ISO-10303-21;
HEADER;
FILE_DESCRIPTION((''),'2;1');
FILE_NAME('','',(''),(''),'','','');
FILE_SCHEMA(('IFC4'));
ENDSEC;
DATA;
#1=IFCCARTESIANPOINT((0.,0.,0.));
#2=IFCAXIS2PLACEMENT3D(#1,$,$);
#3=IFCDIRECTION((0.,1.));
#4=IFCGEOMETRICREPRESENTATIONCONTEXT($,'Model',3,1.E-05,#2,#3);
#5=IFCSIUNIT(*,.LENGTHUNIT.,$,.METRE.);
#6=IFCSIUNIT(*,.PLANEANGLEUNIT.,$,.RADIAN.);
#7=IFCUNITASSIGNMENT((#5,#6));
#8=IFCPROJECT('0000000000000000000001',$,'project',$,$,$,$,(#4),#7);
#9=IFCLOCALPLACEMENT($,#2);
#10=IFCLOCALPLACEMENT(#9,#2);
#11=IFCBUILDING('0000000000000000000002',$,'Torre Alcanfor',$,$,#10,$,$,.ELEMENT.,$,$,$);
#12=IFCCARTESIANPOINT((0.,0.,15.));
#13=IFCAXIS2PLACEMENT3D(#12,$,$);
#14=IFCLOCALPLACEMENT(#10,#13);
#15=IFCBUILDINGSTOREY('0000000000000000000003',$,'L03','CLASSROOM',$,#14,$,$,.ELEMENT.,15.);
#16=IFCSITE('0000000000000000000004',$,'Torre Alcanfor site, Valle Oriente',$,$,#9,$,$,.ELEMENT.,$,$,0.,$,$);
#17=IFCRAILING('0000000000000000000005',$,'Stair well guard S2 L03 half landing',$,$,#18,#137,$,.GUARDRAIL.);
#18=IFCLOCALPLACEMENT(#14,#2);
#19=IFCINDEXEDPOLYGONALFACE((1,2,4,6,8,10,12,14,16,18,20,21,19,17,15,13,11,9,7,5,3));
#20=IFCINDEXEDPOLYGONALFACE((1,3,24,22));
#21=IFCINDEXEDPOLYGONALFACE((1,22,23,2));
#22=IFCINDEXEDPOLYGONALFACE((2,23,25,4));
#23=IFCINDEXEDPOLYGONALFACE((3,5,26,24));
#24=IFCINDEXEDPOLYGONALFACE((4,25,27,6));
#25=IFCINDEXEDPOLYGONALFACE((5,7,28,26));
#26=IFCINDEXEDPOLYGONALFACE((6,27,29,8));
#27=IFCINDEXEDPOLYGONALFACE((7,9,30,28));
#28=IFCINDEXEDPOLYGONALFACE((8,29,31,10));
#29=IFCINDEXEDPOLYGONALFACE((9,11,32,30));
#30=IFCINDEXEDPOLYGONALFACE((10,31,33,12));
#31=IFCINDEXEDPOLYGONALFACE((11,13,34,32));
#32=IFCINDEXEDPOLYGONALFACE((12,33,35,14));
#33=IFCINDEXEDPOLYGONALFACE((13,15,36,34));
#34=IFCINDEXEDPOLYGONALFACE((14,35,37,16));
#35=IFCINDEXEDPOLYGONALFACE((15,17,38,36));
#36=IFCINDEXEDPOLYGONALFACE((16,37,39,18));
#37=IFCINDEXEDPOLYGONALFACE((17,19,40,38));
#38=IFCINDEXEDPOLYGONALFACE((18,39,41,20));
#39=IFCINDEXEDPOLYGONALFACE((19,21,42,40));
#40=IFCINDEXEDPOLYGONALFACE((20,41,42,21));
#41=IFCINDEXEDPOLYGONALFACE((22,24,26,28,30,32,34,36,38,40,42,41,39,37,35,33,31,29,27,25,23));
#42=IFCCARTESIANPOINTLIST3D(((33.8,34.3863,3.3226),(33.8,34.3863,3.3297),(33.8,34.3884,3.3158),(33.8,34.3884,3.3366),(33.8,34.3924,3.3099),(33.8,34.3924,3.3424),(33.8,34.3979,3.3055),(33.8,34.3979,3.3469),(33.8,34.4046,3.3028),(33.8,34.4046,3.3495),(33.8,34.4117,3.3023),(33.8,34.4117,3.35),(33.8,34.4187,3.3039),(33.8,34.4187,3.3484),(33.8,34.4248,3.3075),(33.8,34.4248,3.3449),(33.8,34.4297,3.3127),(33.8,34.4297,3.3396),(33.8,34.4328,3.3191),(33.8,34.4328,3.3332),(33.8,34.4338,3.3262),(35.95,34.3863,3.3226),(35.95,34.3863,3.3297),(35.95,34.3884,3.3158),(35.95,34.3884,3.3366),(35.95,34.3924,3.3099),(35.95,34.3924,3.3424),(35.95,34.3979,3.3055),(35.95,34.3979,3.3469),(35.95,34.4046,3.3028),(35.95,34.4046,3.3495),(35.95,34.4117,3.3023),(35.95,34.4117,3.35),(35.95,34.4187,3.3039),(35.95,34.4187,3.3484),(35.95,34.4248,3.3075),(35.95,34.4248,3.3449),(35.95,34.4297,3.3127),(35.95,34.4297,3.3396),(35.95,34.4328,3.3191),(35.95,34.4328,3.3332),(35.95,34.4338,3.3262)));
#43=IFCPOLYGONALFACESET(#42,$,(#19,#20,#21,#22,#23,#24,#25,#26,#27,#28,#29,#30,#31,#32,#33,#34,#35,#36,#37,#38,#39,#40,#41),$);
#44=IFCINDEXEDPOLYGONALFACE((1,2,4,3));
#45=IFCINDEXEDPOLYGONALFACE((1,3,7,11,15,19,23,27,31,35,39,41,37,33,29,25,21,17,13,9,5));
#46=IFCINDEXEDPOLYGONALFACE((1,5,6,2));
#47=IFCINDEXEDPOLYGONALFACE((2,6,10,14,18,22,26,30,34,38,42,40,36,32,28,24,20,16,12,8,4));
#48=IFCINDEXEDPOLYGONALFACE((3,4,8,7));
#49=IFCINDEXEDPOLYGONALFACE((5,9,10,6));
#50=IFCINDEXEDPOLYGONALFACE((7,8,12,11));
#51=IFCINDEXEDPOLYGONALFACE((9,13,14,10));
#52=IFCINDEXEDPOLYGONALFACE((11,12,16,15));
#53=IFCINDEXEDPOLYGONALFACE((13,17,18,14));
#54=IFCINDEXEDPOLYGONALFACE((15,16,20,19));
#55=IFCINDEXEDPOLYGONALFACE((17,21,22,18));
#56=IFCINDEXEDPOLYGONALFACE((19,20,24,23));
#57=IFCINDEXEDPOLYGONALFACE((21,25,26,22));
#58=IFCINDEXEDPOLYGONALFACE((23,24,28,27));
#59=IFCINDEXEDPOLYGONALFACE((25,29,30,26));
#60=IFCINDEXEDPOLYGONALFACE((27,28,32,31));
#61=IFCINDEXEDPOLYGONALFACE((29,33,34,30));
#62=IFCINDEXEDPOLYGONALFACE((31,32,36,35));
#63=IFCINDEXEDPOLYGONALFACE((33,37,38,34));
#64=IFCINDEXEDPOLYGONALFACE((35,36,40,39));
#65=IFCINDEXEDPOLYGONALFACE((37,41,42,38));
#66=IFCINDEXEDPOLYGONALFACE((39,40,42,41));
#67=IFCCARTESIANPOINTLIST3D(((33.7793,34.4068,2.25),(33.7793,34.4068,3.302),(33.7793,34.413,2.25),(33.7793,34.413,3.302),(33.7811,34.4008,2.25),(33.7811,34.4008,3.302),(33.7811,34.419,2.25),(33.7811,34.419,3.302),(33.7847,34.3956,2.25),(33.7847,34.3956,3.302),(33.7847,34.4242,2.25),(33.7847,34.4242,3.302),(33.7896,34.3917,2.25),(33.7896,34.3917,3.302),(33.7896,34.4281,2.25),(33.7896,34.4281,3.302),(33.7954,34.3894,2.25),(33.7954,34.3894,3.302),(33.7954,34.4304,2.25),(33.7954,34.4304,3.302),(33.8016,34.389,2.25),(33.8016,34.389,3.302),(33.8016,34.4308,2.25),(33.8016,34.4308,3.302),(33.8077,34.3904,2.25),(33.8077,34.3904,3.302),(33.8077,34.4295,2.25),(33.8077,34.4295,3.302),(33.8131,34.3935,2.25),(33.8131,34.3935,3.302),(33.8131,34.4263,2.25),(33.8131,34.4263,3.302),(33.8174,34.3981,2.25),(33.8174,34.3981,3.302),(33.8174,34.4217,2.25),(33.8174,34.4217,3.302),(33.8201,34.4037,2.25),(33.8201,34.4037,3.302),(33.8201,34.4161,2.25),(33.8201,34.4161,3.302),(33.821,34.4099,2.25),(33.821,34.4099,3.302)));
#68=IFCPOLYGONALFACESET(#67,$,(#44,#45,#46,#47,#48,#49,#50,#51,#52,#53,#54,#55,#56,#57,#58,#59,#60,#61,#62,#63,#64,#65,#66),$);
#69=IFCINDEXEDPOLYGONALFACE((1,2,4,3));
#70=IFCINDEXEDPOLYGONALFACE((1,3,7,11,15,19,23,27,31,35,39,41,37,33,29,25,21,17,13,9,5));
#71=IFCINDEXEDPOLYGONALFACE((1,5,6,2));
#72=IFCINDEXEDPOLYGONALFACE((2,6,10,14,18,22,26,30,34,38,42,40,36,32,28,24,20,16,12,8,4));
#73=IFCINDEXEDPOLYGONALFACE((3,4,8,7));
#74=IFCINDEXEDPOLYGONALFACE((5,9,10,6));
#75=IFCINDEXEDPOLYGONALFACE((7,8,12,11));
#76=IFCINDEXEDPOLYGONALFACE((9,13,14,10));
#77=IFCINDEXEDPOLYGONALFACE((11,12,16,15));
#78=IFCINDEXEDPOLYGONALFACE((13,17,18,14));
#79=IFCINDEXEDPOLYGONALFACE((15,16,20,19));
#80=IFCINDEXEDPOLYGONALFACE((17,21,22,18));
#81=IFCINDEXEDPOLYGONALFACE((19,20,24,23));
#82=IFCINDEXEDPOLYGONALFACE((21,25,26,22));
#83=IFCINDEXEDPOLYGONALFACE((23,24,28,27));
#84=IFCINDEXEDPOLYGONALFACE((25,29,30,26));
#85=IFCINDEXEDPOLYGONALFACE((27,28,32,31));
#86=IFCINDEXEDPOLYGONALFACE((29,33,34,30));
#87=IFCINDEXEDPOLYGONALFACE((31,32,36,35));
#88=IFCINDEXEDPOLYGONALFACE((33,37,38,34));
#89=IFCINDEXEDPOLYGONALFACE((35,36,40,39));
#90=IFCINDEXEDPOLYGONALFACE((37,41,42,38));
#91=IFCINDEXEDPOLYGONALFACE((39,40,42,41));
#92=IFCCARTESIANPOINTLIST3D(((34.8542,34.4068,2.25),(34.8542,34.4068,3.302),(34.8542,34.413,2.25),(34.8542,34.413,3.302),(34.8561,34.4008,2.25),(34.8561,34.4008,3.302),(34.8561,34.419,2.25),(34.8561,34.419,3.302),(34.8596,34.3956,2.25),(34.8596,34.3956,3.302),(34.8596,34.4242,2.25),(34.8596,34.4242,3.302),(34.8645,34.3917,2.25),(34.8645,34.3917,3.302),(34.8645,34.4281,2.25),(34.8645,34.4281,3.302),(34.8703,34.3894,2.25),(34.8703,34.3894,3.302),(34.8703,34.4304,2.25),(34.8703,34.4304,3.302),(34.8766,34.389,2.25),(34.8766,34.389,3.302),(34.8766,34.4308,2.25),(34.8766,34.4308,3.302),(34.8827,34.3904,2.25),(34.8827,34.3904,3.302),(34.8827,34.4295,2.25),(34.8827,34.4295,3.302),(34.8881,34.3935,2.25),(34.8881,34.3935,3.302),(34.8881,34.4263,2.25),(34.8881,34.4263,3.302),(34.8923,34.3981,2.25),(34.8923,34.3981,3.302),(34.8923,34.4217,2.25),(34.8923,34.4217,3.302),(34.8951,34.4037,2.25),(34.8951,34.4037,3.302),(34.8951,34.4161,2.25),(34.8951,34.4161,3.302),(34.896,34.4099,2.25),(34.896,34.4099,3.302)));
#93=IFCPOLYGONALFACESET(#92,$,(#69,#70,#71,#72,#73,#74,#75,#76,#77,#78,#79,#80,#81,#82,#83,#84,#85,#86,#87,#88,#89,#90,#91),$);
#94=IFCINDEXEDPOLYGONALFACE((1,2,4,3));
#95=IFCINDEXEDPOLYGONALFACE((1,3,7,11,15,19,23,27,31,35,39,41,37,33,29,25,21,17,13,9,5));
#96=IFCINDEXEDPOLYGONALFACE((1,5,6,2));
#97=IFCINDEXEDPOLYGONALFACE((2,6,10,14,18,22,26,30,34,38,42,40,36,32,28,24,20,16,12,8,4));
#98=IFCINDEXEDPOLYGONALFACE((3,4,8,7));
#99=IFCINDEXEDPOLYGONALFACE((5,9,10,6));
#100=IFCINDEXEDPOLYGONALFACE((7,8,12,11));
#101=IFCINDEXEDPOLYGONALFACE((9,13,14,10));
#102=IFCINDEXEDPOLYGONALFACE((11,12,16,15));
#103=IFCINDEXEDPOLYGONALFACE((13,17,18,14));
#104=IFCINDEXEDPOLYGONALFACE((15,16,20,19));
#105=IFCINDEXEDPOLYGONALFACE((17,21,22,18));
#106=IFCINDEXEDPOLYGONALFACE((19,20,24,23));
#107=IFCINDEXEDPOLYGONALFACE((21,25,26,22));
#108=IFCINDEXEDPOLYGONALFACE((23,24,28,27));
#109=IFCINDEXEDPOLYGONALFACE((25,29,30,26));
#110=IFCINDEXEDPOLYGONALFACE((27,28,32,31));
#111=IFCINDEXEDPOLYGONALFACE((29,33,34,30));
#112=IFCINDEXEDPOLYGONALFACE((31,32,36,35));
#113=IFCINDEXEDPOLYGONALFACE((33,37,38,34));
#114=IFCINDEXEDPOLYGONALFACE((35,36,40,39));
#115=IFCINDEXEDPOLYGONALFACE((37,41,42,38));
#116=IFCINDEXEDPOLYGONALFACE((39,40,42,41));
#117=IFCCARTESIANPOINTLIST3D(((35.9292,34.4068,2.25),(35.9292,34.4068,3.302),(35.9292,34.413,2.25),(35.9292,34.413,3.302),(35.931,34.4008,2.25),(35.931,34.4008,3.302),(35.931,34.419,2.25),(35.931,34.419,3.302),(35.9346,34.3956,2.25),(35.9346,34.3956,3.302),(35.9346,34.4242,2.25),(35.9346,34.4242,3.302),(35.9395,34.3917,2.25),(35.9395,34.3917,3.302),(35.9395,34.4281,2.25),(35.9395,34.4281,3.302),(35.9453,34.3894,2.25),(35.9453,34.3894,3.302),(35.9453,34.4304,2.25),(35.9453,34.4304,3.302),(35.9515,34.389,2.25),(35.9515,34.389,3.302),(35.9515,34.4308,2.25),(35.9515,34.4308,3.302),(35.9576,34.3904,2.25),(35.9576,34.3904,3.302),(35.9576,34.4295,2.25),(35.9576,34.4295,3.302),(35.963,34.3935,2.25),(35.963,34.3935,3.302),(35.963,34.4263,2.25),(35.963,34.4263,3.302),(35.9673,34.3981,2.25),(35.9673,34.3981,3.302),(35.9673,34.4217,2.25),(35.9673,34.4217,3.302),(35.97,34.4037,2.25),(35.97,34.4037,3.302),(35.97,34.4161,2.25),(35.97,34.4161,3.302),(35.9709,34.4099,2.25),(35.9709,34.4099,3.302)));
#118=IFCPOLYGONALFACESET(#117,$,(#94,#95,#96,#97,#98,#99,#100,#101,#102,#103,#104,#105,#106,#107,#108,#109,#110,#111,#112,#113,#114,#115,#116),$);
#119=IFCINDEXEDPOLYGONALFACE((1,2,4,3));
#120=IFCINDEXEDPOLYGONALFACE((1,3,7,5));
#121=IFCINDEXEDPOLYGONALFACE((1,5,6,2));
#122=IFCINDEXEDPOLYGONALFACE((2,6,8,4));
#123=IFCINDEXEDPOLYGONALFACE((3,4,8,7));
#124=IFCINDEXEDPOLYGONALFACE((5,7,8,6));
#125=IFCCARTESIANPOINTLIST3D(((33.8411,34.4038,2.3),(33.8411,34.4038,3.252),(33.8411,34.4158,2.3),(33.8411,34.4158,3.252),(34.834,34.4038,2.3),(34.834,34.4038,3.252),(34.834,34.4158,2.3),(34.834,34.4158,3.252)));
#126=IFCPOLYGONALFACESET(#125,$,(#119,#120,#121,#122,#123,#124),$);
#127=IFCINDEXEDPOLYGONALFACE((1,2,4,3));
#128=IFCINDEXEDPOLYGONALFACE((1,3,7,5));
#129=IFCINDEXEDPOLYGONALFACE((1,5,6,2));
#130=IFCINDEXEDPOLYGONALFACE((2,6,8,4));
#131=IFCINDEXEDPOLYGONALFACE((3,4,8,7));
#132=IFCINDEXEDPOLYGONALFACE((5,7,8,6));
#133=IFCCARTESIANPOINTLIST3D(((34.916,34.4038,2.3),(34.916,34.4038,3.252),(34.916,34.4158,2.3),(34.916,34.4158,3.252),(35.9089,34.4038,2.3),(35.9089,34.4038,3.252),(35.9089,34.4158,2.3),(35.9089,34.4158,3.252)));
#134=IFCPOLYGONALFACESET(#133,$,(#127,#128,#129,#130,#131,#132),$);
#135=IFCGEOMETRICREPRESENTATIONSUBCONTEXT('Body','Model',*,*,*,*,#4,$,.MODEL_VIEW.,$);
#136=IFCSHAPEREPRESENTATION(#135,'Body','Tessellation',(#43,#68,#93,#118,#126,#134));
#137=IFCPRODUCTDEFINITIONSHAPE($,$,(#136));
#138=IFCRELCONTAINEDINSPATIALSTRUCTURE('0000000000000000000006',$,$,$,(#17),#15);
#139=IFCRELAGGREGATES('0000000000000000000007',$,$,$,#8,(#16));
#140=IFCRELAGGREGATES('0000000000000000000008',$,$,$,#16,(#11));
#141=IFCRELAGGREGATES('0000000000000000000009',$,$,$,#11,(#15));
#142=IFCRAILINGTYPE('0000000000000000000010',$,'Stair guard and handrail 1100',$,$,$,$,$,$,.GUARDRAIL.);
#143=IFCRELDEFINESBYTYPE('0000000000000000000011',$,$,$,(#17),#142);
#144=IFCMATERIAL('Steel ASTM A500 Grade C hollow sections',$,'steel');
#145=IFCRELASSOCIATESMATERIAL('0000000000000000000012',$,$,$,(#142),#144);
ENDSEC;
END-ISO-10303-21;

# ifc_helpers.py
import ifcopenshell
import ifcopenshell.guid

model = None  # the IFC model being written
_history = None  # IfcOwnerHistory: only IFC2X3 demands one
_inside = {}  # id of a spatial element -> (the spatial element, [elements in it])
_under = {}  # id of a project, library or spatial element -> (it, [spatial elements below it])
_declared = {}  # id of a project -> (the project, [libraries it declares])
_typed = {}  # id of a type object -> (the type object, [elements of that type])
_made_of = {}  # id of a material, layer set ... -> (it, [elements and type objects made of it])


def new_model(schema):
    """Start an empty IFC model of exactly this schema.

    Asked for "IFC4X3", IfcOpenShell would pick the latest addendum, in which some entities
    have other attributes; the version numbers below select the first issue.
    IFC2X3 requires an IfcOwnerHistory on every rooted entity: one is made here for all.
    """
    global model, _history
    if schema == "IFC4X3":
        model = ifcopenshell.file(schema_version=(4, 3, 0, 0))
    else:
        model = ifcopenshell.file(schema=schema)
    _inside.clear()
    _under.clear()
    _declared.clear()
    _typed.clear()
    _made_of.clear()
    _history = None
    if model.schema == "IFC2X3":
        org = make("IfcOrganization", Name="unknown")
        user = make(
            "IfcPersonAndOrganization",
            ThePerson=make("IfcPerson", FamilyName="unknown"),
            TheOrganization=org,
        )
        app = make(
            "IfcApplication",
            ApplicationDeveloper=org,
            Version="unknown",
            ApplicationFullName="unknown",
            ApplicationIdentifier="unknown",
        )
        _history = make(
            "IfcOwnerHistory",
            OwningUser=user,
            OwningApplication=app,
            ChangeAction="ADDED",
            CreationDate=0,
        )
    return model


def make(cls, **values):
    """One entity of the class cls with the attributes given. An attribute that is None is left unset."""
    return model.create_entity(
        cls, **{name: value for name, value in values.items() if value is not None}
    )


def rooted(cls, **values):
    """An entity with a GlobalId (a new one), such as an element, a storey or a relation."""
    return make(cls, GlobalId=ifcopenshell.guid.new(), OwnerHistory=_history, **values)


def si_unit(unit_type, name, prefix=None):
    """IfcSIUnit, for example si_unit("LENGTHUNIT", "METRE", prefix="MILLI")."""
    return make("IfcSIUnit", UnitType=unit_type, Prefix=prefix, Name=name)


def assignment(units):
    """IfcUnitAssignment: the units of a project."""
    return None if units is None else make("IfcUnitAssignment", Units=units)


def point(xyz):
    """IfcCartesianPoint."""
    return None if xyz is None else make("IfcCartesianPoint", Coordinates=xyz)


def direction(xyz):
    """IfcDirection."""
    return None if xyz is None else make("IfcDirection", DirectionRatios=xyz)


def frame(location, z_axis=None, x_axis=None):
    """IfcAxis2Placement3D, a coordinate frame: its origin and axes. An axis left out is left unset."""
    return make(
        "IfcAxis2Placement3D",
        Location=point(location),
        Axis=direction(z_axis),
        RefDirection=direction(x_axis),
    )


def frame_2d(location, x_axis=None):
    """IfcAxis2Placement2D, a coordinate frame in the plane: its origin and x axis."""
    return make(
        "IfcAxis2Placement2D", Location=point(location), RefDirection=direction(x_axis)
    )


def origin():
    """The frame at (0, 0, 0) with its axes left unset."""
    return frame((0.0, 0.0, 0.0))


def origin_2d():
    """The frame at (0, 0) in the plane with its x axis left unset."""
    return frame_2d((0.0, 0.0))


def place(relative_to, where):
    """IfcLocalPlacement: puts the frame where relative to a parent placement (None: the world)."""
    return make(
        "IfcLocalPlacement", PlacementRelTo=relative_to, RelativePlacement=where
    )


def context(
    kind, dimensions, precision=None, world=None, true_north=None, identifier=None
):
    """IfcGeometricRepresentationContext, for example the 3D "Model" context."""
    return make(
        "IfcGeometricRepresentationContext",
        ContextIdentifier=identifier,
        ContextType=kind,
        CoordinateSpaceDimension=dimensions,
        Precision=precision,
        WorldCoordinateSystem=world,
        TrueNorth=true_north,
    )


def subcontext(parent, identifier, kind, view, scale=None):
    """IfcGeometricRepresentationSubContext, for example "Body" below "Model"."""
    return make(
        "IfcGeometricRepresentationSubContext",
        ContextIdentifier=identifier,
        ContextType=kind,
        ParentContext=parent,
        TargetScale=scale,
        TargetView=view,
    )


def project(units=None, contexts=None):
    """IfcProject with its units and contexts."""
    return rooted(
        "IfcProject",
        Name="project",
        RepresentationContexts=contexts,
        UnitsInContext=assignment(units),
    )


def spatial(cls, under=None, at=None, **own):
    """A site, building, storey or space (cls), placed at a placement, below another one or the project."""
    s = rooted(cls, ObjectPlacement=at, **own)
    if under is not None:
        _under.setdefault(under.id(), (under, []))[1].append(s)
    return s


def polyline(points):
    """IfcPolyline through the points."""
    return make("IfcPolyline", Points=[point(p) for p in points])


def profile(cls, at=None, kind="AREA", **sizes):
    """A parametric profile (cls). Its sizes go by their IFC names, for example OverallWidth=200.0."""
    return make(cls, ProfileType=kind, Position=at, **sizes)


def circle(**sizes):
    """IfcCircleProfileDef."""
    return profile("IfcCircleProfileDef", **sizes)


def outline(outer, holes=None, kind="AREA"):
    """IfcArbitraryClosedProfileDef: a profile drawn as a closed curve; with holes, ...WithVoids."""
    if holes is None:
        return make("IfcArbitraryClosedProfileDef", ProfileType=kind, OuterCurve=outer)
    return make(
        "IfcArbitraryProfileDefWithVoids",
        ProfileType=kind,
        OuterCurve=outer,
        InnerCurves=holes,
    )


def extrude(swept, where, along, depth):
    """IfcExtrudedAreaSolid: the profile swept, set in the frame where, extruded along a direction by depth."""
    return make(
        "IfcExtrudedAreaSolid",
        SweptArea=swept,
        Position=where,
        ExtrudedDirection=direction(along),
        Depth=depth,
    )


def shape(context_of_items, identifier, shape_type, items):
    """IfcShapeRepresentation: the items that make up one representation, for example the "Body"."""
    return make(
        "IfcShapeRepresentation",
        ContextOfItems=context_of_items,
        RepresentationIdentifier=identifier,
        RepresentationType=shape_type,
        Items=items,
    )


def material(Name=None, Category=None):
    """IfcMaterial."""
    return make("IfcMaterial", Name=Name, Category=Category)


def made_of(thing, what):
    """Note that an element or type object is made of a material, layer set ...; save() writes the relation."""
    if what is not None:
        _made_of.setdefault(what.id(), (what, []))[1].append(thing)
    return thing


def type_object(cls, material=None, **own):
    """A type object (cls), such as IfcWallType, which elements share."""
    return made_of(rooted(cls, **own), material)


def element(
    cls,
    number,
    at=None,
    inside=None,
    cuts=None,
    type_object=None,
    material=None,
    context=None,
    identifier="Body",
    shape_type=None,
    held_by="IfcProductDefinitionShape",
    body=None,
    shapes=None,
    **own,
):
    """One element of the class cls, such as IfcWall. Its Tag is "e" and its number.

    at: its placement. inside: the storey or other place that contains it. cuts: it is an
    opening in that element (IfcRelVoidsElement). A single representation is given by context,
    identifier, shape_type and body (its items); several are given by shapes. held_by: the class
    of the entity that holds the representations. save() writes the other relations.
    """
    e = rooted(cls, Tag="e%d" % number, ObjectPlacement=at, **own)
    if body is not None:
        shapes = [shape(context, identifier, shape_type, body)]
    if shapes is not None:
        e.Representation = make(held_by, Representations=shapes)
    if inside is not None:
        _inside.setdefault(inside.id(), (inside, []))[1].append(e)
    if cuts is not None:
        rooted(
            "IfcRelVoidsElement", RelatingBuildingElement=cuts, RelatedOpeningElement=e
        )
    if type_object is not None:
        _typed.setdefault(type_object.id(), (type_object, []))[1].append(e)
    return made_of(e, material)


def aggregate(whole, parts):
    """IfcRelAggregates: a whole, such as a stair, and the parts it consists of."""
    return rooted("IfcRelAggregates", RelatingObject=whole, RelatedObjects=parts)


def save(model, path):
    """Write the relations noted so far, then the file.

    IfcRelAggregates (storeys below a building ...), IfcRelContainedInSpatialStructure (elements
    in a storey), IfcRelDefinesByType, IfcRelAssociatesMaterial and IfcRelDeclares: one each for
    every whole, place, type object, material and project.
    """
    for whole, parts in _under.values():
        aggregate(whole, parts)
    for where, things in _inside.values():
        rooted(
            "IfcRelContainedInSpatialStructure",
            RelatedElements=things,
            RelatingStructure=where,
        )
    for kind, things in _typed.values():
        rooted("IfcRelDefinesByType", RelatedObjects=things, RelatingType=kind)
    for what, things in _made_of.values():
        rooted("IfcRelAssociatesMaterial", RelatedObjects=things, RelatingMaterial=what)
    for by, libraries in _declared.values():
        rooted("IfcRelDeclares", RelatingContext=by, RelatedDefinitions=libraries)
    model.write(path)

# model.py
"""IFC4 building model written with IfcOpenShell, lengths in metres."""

from ifc_helpers import new_model, si_unit, direction, frame, origin, origin_2d, place, context, subcontext, project, spatial, polyline, circle, outline, extrude, material, type_object, element, save


model = new_model("IFC4")

# Units and contexts
model_context = context("Model", 3, precision=1e-05, world=origin(), true_north=direction((0.0, 1.0)))
body_context = subcontext(model_context, "Body", "Model", "MODEL_VIEW")
ifc_project = project(units=[si_unit("LENGTHUNIT", "METRE"), si_unit("PLANEANGLEUNIT", "RADIAN")], contexts=[model_context])

# Site, building, storey
site_placement = place(None, origin())
site = spatial("IfcSite", under=ifc_project, at=site_placement, Name="Torre Alcanfor site, Valle Oriente", CompositionType="ELEMENT", RefElevation=0.0)
building_placement = place(site_placement, origin())
building = spatial("IfcBuilding", under=site, at=building_placement, Name="Torre Alcanfor", CompositionType="ELEMENT")
storey_placement = place(building_placement, frame((0.0, 0.0, 15.0)))
storey = spatial("IfcBuildingStorey", under=building, at=storey_placement, Name="L03", Description="CLASSROOM", CompositionType="ELEMENT", Elevation=15.0)

# Railing
ifc_material_1 = material(Name="Steel ASTM A500 Grade C hollow sections", Category="steel")
railing_type_1 = type_object("IfcRailingType", Name="Stair guard and handrail 1100", PredefinedType="GUARDRAIL", material=ifc_material_1)
for number, where, name in (
    (1, (33.8, 34.4099, 2.25), "Stair well guard S2 L03 half landing"),
):
    element("IfcRailing", number, at=place(storey_placement, frame(where)), inside=storey, type_object=railing_type_1, Name=name, PredefinedType="GUARDRAIL", context=body_context, shape_type="SweptSolid", body=[
        extrude(circle(Radius=0.0239, at=origin_2d()), frame((0.0, 0.0, 1.0762), z_axis=(1.0, 0.0, 0.0), x_axis=(0.0, 1.0, 0.0)), (0.0, 0.0, 1.0), 2.1499),
        extrude(circle(Radius=0.021, at=origin_2d()), origin(), (0.0, 0.0, 1.0), 1.052),
        extrude(circle(Radius=0.021, at=origin_2d()), frame((1.075, 0.0, 0.0)), (0.0, 0.0, 1.0), 1.052),
        extrude(circle(Radius=0.021, at=origin_2d()), frame((2.1499, 0.0, 0.0)), (0.0, 0.0, 1.0), 1.052),
        extrude(outline(polyline([(0.041, 0.05), (1.0339, 0.05), (1.0339, 1.002), (0.041, 1.002), (0.041, 0.05)])), frame((0.0, 0.0059, 0.0), z_axis=(0.0, -1.0, 0.0), x_axis=(1.0, 0.0, 0.0)), (0.0, 0.0, 1.0), 0.012),
        extrude(outline(polyline([(1.116, 0.05), (2.1089, 0.05), (2.1089, 1.002), (1.116, 1.002), (1.116, 0.05)])), frame((0.0, 0.0059, 0.0), z_axis=(0.0, -1.0, 0.0), x_axis=(1.0, 0.0, 0.0)), (0.0, 0.0, 1.0), 0.012),
    ])

save(model, "model.ifc")
